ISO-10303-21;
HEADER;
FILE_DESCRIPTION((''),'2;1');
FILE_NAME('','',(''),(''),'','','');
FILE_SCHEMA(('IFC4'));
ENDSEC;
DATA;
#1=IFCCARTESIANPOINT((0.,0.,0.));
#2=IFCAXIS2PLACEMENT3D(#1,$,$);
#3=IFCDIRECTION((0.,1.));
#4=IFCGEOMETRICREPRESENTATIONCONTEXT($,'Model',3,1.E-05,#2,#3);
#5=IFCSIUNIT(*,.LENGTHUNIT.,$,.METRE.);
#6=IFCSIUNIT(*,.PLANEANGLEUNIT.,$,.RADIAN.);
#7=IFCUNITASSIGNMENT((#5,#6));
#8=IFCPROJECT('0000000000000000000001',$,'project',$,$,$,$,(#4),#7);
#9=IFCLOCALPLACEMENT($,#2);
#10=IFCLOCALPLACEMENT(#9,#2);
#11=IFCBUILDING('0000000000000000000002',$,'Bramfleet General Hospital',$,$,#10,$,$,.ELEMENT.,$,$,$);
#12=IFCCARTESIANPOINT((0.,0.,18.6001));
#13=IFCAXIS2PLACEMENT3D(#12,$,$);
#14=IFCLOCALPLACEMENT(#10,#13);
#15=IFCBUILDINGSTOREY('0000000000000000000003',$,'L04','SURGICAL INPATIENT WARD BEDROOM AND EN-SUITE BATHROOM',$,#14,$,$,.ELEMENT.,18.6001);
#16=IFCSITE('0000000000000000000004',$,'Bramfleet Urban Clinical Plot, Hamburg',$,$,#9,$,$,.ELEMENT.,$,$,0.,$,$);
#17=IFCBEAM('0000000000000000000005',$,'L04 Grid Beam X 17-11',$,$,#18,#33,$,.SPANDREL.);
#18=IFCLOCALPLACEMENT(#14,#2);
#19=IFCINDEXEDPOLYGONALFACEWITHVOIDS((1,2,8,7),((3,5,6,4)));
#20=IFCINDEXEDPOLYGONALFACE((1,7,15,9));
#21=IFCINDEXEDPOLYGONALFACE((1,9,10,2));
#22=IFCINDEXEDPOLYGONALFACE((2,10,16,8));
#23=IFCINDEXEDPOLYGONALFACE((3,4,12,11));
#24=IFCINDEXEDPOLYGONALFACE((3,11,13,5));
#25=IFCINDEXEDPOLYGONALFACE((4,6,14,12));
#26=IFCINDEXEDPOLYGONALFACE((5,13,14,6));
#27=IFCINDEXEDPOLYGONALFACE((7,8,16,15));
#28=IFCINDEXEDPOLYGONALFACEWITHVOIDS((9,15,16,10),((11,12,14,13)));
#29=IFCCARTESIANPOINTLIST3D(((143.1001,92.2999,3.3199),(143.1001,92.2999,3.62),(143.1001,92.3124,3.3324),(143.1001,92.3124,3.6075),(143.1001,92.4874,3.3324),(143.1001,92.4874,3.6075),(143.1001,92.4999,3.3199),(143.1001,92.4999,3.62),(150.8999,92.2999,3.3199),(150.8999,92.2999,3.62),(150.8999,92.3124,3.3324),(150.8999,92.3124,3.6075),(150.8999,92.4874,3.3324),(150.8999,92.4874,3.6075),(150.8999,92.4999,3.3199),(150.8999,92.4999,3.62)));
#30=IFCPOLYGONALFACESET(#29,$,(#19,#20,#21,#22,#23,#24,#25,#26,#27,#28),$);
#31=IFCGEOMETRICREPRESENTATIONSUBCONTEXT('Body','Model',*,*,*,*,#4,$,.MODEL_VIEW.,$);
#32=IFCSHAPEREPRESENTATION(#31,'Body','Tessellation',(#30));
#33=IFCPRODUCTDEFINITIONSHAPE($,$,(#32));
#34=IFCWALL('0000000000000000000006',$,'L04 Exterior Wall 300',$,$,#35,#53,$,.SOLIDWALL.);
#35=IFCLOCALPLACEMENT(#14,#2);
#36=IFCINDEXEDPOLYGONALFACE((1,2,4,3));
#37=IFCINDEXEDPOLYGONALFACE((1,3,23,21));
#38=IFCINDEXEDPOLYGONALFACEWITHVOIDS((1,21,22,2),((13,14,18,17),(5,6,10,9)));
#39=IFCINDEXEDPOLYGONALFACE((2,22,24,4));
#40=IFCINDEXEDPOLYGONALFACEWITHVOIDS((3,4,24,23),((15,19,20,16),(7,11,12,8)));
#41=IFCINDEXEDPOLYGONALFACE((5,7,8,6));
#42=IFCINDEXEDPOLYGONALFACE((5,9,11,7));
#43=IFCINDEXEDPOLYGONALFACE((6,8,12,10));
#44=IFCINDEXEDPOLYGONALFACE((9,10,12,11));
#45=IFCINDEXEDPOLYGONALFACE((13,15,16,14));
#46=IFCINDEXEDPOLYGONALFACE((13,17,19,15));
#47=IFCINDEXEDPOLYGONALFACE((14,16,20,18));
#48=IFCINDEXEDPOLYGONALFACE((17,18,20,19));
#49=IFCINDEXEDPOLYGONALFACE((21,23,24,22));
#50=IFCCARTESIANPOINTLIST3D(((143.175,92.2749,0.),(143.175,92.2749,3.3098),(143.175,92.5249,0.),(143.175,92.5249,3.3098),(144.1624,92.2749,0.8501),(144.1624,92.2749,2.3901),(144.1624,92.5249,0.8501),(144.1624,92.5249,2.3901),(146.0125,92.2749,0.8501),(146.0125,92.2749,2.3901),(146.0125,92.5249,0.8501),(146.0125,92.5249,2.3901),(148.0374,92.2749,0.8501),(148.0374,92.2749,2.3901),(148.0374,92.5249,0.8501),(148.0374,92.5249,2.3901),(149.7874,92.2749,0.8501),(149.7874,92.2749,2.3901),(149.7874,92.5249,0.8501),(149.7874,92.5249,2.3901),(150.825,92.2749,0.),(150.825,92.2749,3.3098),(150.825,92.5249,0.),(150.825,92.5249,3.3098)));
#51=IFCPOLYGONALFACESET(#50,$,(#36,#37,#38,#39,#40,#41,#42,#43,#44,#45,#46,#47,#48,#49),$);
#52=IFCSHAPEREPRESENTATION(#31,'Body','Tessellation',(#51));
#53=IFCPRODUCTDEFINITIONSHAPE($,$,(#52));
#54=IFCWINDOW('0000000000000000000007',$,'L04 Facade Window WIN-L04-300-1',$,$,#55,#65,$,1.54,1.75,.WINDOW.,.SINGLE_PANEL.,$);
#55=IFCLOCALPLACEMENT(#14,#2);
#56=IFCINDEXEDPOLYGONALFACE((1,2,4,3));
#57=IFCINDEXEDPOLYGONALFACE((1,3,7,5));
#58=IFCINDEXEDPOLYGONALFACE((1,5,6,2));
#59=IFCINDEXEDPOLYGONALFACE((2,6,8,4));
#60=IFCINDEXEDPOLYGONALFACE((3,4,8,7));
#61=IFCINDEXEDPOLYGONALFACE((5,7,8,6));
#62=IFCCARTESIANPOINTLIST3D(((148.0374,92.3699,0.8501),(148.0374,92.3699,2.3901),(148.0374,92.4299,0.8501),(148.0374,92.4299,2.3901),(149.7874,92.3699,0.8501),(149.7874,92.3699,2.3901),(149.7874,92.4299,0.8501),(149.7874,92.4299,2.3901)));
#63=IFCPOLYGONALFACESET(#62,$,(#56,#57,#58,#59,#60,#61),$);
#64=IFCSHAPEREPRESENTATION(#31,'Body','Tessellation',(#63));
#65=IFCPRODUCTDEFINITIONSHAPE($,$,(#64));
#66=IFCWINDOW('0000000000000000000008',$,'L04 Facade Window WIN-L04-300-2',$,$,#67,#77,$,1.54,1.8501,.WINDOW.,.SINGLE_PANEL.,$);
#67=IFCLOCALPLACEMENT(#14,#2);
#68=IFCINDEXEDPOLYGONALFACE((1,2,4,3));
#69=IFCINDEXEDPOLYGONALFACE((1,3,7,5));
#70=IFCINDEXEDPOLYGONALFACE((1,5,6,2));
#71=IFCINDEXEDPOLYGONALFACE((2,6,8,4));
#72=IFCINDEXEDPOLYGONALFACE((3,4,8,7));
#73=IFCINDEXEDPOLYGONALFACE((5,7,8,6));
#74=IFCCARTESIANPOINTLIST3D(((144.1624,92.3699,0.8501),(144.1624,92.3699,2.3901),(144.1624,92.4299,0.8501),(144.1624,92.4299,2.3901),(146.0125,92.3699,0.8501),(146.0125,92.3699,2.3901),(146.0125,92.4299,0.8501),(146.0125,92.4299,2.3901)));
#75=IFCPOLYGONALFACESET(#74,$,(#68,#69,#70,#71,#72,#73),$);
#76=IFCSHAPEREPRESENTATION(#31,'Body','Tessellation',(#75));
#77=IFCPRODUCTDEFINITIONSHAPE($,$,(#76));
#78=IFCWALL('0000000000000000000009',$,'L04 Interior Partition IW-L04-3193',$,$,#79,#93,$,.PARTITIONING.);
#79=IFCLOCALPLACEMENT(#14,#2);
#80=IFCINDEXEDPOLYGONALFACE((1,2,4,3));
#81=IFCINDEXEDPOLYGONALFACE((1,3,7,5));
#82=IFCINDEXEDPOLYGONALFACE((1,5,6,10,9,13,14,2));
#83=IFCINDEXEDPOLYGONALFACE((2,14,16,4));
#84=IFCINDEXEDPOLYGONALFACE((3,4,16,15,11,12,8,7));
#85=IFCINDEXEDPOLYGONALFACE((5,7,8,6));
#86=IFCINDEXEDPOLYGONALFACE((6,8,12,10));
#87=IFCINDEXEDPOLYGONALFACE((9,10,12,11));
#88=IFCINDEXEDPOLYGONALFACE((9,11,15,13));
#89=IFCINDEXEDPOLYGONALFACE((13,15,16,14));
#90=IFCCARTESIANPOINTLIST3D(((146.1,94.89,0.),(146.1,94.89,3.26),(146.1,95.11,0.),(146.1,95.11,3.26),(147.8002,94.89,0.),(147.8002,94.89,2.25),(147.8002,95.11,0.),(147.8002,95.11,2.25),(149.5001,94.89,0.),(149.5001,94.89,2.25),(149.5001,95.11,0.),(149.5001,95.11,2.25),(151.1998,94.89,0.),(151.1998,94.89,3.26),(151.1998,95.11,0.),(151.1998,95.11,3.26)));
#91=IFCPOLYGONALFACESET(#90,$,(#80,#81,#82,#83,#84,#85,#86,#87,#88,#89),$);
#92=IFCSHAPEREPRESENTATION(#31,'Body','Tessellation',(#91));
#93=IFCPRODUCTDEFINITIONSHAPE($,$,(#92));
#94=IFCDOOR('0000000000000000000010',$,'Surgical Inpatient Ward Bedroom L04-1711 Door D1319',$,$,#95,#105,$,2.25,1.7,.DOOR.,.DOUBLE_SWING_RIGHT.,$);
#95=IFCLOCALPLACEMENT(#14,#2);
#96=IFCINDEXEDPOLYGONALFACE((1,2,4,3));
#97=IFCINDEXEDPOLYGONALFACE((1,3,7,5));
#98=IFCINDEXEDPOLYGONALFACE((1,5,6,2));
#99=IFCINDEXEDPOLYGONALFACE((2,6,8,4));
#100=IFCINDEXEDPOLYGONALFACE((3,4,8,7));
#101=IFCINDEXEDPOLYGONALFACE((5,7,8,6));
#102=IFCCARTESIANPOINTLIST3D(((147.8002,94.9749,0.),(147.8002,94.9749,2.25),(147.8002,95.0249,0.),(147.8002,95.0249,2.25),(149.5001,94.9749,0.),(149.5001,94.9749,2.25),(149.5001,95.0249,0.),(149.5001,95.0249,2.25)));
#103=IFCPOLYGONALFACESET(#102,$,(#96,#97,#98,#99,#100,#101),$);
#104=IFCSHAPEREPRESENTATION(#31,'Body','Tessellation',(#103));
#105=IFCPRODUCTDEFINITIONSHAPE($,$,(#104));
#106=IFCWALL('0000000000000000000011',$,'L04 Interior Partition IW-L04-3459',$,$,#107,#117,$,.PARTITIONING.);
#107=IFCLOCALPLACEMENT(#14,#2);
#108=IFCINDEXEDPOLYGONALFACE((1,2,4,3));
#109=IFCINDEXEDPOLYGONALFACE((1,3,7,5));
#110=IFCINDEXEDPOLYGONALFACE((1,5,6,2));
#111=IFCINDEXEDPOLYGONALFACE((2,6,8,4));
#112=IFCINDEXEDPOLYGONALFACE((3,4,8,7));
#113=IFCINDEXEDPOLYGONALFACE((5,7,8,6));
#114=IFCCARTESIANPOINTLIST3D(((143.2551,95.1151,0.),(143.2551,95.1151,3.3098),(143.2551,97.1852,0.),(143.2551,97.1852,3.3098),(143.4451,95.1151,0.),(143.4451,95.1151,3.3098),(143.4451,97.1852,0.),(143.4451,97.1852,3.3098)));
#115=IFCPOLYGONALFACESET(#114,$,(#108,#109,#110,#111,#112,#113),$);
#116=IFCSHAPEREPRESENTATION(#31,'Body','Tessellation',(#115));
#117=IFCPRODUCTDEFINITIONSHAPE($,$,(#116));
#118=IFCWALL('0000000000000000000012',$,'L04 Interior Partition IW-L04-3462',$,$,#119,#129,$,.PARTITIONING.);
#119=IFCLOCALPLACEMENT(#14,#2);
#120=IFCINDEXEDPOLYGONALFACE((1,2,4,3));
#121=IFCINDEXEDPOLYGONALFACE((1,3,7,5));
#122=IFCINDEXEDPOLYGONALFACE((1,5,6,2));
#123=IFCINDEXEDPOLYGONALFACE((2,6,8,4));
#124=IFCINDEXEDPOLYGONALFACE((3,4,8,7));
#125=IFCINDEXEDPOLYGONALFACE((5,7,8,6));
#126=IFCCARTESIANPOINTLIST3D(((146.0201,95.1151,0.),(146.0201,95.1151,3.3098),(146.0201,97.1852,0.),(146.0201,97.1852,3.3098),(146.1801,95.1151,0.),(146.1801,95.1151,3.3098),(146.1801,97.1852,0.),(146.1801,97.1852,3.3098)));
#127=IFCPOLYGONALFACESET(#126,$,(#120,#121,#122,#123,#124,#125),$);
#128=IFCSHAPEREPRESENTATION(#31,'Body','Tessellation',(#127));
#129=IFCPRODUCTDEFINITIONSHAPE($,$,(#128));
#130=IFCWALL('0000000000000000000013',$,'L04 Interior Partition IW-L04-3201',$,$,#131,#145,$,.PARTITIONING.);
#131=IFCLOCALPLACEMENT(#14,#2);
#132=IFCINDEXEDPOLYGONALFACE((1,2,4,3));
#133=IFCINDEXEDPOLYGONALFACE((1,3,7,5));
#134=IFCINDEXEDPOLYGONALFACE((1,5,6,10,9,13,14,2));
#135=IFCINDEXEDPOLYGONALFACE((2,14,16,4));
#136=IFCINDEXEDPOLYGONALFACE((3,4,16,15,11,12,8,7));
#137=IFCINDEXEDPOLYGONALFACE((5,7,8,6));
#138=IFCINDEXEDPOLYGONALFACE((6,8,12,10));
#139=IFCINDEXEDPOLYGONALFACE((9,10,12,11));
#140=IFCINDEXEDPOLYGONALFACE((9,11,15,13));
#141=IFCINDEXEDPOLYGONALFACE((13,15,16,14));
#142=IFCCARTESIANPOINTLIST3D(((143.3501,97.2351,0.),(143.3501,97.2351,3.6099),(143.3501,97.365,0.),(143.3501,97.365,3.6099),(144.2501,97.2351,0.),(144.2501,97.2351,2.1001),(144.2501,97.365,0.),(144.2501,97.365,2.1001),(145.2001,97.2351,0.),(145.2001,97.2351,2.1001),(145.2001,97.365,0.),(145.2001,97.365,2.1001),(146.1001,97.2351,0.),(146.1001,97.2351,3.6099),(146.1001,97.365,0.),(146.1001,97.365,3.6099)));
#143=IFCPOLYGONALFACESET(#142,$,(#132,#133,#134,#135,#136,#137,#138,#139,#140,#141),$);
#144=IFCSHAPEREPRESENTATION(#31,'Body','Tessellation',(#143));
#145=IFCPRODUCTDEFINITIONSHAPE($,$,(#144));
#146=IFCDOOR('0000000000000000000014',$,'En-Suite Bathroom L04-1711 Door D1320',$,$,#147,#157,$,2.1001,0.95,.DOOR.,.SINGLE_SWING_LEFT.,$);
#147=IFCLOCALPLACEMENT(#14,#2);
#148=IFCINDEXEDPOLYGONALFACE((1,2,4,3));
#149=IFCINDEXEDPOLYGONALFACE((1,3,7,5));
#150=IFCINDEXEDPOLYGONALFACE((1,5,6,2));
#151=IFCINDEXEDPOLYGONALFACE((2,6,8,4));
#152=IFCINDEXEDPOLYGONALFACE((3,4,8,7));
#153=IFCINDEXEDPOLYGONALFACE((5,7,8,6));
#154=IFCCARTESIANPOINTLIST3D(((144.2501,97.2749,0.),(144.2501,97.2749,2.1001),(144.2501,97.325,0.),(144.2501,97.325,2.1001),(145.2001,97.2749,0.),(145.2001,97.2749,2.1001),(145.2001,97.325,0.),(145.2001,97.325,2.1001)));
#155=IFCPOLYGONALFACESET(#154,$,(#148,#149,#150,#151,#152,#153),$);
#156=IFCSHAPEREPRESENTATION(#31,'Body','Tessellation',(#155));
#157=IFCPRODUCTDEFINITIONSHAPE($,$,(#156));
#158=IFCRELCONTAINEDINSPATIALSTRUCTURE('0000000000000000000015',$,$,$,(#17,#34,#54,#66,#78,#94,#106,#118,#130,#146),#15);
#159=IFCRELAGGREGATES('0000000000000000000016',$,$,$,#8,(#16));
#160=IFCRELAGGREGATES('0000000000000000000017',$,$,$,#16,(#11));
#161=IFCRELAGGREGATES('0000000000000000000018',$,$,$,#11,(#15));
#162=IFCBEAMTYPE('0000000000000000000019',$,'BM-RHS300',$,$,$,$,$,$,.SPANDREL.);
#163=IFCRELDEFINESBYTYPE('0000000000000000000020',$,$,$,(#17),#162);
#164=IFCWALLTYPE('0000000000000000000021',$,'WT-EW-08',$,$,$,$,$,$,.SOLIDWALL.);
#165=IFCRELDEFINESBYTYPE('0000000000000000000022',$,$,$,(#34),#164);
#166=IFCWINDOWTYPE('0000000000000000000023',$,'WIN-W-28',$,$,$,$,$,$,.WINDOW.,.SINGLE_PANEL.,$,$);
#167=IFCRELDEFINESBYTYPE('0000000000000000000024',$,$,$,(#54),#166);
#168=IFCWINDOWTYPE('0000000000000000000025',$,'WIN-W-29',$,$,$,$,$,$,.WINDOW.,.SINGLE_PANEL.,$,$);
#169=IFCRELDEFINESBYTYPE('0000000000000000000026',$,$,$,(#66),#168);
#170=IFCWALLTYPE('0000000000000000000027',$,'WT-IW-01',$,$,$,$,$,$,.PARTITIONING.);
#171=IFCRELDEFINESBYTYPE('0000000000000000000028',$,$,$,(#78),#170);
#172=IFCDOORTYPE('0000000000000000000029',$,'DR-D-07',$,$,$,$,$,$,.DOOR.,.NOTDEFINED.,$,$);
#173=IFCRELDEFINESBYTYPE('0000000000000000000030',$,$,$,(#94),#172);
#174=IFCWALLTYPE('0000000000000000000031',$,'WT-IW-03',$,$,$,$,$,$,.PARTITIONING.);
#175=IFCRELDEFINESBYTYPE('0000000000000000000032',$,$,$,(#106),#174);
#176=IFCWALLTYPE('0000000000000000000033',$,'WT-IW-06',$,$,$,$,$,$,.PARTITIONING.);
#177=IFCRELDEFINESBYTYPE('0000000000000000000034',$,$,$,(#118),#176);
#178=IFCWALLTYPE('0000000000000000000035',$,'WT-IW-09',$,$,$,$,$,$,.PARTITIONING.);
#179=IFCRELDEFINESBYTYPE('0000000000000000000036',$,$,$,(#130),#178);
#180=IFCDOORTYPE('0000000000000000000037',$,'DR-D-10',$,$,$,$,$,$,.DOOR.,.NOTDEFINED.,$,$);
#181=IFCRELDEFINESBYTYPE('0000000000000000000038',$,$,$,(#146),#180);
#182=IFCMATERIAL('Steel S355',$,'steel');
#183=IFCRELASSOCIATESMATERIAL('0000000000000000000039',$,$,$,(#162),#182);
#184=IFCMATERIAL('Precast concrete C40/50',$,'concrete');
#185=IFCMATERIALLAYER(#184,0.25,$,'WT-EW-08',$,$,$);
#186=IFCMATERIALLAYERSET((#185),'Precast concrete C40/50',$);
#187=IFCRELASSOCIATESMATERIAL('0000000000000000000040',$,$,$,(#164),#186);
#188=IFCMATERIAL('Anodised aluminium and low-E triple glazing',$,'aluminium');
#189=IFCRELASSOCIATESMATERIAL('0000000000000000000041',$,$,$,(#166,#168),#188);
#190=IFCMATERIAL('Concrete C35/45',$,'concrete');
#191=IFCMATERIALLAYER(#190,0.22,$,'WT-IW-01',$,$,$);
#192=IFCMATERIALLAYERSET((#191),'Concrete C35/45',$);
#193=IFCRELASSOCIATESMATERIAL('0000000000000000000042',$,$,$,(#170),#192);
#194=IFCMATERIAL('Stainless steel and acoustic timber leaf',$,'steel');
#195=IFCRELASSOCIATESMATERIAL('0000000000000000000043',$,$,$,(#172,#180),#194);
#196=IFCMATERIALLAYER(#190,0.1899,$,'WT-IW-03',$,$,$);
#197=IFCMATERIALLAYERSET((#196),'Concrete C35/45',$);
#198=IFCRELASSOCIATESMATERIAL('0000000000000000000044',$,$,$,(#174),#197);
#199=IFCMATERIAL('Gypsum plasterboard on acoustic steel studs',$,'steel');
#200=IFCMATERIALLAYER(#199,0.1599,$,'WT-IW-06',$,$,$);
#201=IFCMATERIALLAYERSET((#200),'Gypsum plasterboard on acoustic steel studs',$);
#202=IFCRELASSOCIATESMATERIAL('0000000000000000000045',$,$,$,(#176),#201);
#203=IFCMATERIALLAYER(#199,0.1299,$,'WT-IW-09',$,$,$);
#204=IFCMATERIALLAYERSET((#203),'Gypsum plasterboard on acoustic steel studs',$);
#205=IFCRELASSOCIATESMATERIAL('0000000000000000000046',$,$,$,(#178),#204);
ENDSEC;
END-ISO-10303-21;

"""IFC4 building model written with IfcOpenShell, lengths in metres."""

from ifc_helpers import new_model, si_unit, direction, frame, frame_2d, origin, origin_2d, place, context, subcontext, project, spatial, rectangle, hollow_rectangle, extrude, material, layer, layer_set, material_profile, profile_set, type_object, element, fill, save


model = new_model("IFC4")

# Units and contexts
model_context = context("Model", 3, precision=1e-05, world=origin(), true_north=direction((0.0, 1.0)))
body_context = subcontext(model_context, "Body", "Model", "MODEL_VIEW")
ifc_project = project(units=[si_unit("LENGTHUNIT", "METRE"), si_unit("PLANEANGLEUNIT", "RADIAN")], contexts=[model_context])

# Site, building, storey
site_placement = place(None, origin())
site = spatial("IfcSite", under=ifc_project, at=site_placement, Name="Bramfleet Urban Clinical Plot, Hamburg", CompositionType="ELEMENT", RefElevation=0.0)
building_placement = place(site_placement, origin())
building = spatial("IfcBuilding", under=site, at=building_placement, Name="Bramfleet General Hospital", CompositionType="ELEMENT")
storey_placement = place(building_placement, frame((0.0, 0.0, 18.6001)))
storey = spatial("IfcBuildingStorey", under=building, at=storey_placement, Name="L04", Description="SURGICAL INPATIENT WARD BEDROOM AND EN-SUITE BATHROOM", CompositionType="ELEMENT", Elevation=18.6001)

# Beam
ifc_material_1 = material(Name="Steel S355", Category="steel")
ifc_material_profile_1 = material_profile(ifc_material_1, hollow_rectangle(XDim=0.2, YDim=0.3, WallThickness=0.0125, at=origin_2d()), Name="RHS 300x200x12.5")
ifc_profile_set_1 = profile_set([ifc_material_profile_1], Name="Steel S355")
beam_type_1 = type_object("IfcBeamType", Name="BM-RHS300", PredefinedType="SPANDREL", material=ifc_profile_set_1)
beam_1_placement = place(storey_placement, frame((143.1001, 92.3999, 3.47), z_axis=(1.0, 0.0, 0.0), x_axis=(0.0, 1.0, 0.0)))
element("IfcBeam", 1, at=beam_1_placement, inside=storey, type_object=beam_type_1, Name="L04 Grid Beam X 17-11", PredefinedType="SPANDREL", context=body_context, shape_type="SweptSolid", body=[
    extrude(hollow_rectangle(XDim=0.2, YDim=0.3, WallThickness=0.0125, at=origin_2d()), origin(), (0.0, 0.0, 1.0), 7.7998),
])

# Wall, openings, windows
ifc_material_2 = material(Name="Precast concrete C40/50", Category="concrete")
ifc_layer_1 = layer(ifc_material_2, 0.25, Name="WT-EW-08")
ifc_layer_set_1 = layer_set([ifc_layer_1], Name="Precast concrete C40/50")
wall_type_1 = type_object("IfcWallType", Name="WT-EW-08", PredefinedType="SOLIDWALL", material=ifc_layer_set_1)
wall_1_placement = place(storey_placement, frame((150.825, 92.3999, 0.0), z_axis=(0.0, 0.0, 1.0), x_axis=(-1.0, 0.0, 0.0)))
wall_1 = element("IfcWall", 2, at=wall_1_placement, inside=storey, type_object=wall_type_1, Name="L04 Exterior Wall 300", PredefinedType="SOLIDWALL", context=body_context, shape_type="SweptSolid", body=[
    extrude(rectangle(XDim=7.6499, YDim=0.25, at=frame_2d((3.825, 0.0))), origin(), (0.0, 0.0, 1.0), 3.3098),
])
opening_1_placement = place(wall_1_placement, frame((1.0376, 0.0, 0.8501)))
opening_1 = element("IfcOpeningElement", 3, at=opening_1_placement, cuts=wall_1, PredefinedType="OPENING", context=body_context, shape_type="SweptSolid", body=[
    extrude(rectangle(XDim=1.75, YDim=1.54, at=frame_2d((0.875, 0.77))), frame((0.0, 0.135, 0.0), z_axis=(0.0, -1.0, 0.0), x_axis=(1.0, 0.0, 0.0)), (0.0, 0.0, 1.0), 0.27),
])
opening_2_placement = place(wall_1_placement, frame((4.8125, 0.0, 0.8501)))
opening_2 = element("IfcOpeningElement", 4, at=opening_2_placement, cuts=wall_1, PredefinedType="OPENING", context=body_context, shape_type="SweptSolid", body=[
    extrude(rectangle(XDim=1.8501, YDim=1.54, at=frame_2d((0.925, 0.77))), frame((0.0, 0.135, 0.0), z_axis=(0.0, -1.0, 0.0), x_axis=(1.0, 0.0, 0.0)), (0.0, 0.0, 1.0), 0.27),
])
ifc_material_3 = material(Name="Anodised aluminium and low-E triple glazing", Category="aluminium")
window_type_1 = type_object("IfcWindowType", Name="WIN-W-28", PartitioningType="SINGLE_PANEL", PredefinedType="WINDOW", material=ifc_material_3)
window_1_placement = place(opening_1_placement, origin())
window_1 = element("IfcWindow", 5, at=window_1_placement, inside=storey, type_object=window_type_1, Name="L04 Facade Window WIN-L04-300-1", OverallHeight=1.54, OverallWidth=1.75, PartitioningType="SINGLE_PANEL", PredefinedType="WINDOW", context=body_context, shape_type="SweptSolid", body=[
    extrude(rectangle(XDim=1.75, YDim=1.54, at=frame_2d((0.875, 0.77))), frame((0.0, 0.03, 0.0), z_axis=(0.0, -1.0, 0.0), x_axis=(1.0, 0.0, 0.0)), (0.0, 0.0, 1.0), 0.0601),
])
fill(opening_1, window_1)
window_type_2 = type_object("IfcWindowType", Name="WIN-W-29", PartitioningType="SINGLE_PANEL", PredefinedType="WINDOW", material=ifc_material_3)
window_2_placement = place(opening_2_placement, origin())
window_2 = element("IfcWindow", 6, at=window_2_placement, inside=storey, type_object=window_type_2, Name="L04 Facade Window WIN-L04-300-2", OverallHeight=1.54, OverallWidth=1.8501, PartitioningType="SINGLE_PANEL", PredefinedType="WINDOW", context=body_context, shape_type="SweptSolid", body=[
    extrude(rectangle(XDim=1.8501, YDim=1.54, at=frame_2d((0.925, 0.77))), frame((0.0, 0.03, 0.0), z_axis=(0.0, -1.0, 0.0), x_axis=(1.0, 0.0, 0.0)), (0.0, 0.0, 1.0), 0.0601),
])
fill(opening_2, window_2)

# Wall, opening, door
ifc_material_4 = material(Name="Concrete C35/45", Category="concrete")
ifc_layer_2 = layer(ifc_material_4, 0.22, Name="WT-IW-01")
ifc_layer_set_2 = layer_set([ifc_layer_2], Name="Concrete C35/45")
wall_type_2 = type_object("IfcWallType", Name="WT-IW-01", PredefinedType="PARTITIONING", material=ifc_layer_set_2)
wall_2_placement = place(storey_placement, frame((146.1001, 95.0, 0.0), z_axis=(0.0, 0.0, 1.0), x_axis=(1.0, 0.0, 0.0)))
wall_2 = element("IfcWall", 7, at=wall_2_placement, inside=storey, type_object=wall_type_2, Name="L04 Interior Partition IW-L04-3193", PredefinedType="PARTITIONING", context=body_context, shape_type="SweptSolid", body=[
    extrude(rectangle(XDim=5.0999, YDim=0.22, at=frame_2d((2.5498, 0.0))), origin(), (0.0, 0.0, 1.0), 3.26),
])
opening_3_placement = place(wall_2_placement, frame((1.7, 0.0, 0.0)))
opening_3 = element("IfcOpeningElement", 8, at=opening_3_placement, cuts=wall_2, PredefinedType="OPENING", context=body_context, shape_type="SweptSolid", body=[
    extrude(rectangle(XDim=1.7, YDim=2.25, at=frame_2d((0.8501, 1.125))), frame((0.0, 0.1199, 0.0), z_axis=(0.0, -1.0, 0.0), x_axis=(1.0, 0.0, 0.0)), (0.0, 0.0, 1.0), 0.24),
])
ifc_material_5 = material(Name="Stainless steel and acoustic timber leaf", Category="steel")
door_type_1 = type_object("IfcDoorType", Name="DR-D-07", OperationType="NOTDEFINED", PredefinedType="DOOR", material=ifc_material_5)
door_1_placement = place(opening_3_placement, origin())
door_1 = element("IfcDoor", 9, at=door_1_placement, inside=storey, type_object=door_type_1, Name="Surgical Inpatient Ward Bedroom L04-1711 Door D1319", OperationType="DOUBLE_SWING_RIGHT", OverallHeight=2.25, OverallWidth=1.7, PredefinedType="DOOR", context=body_context, shape_type="SweptSolid", body=[
    extrude(rectangle(XDim=1.7, YDim=2.25, at=frame_2d((0.8501, 1.125))), frame((0.0, 0.0249, 0.0), z_axis=(0.0, -1.0, 0.0), x_axis=(1.0, 0.0, 0.0)), (0.0, 0.0, 1.0), 0.05),
])
fill(opening_3, door_1)

# Walls
ifc_layer_3 = layer(ifc_material_4, 0.1899, Name="WT-IW-03")
ifc_layer_set_3 = layer_set([ifc_layer_3], Name="Concrete C35/45")
wall_type_3 = type_object("IfcWallType", Name="WT-IW-03", PredefinedType="PARTITIONING", material=ifc_layer_set_3)
wall_3_placement = place(storey_placement, frame((143.3501, 95.115, 0.0), z_axis=(0.0, 0.0, 1.0), x_axis=(0.0, 1.0, 0.0)))
element("IfcWall", 10, at=wall_3_placement, inside=storey, type_object=wall_type_3, Name="L04 Interior Partition IW-L04-3459", PredefinedType="PARTITIONING", context=body_context, shape_type="SweptSolid", body=[
    extrude(rectangle(XDim=2.0701, YDim=0.1899, at=frame_2d((1.0352, 0.0))), origin(), (0.0, 0.0, 1.0), 3.3098),
])
ifc_material_6 = material(Name="Gypsum plasterboard on acoustic steel studs", Category="steel")
ifc_layer_4 = layer(ifc_material_6, 0.1599, Name="WT-IW-06")
ifc_layer_set_4 = layer_set([ifc_layer_4], Name="Gypsum plasterboard on acoustic steel studs")
wall_type_4 = type_object("IfcWallType", Name="WT-IW-06", PredefinedType="PARTITIONING", material=ifc_layer_set_4)
wall_4_placement = place(storey_placement, frame((146.1001, 95.115, 0.0), z_axis=(0.0, 0.0, 1.0), x_axis=(0.0, 1.0, 0.0)))
element("IfcWall", 11, at=wall_4_placement, inside=storey, type_object=wall_type_4, Name="L04 Interior Partition IW-L04-3462", PredefinedType="PARTITIONING", context=body_context, shape_type="SweptSolid", body=[
    extrude(rectangle(XDim=2.0701, YDim=0.1599, at=frame_2d((1.0352, 0.0))), origin(), (0.0, 0.0, 1.0), 3.3098),
])

# Wall, opening, door
ifc_layer_5 = layer(ifc_material_6, 0.1299, Name="WT-IW-09")
ifc_layer_set_5 = layer_set([ifc_layer_5], Name="Gypsum plasterboard on acoustic steel studs")
wall_type_5 = type_object("IfcWallType", Name="WT-IW-09", PredefinedType="PARTITIONING", material=ifc_layer_set_5)
wall_5_placement = place(storey_placement, frame((143.3501, 97.3, 0.0), z_axis=(0.0, 0.0, 1.0), x_axis=(1.0, 0.0, 0.0)))
wall_5 = element("IfcWall", 12, at=wall_5_placement, inside=storey, type_object=wall_type_5, Name="L04 Interior Partition IW-L04-3201", PredefinedType="PARTITIONING", context=body_context, shape_type="SweptSolid", body=[
    extrude(rectangle(XDim=2.75, YDim=0.1299, at=frame_2d((1.375, 0.0))), origin(), (0.0, 0.0, 1.0), 3.6099),
])
opening_4_placement = place(wall_5_placement, frame((0.8999, 0.0, 0.0)))
opening_4 = element("IfcOpeningElement", 13, at=opening_4_placement, cuts=wall_5, PredefinedType="OPENING", context=body_context, shape_type="SweptSolid", body=[
    extrude(rectangle(XDim=0.95, YDim=2.1001, at=frame_2d((0.4751, 1.05))), frame((0.0, 0.075, 0.0), z_axis=(0.0, -1.0, 0.0), x_axis=(1.0, 0.0, 0.0)), (0.0, 0.0, 1.0), 0.1499),
])
door_type_2 = type_object("IfcDoorType", Name="DR-D-10", OperationType="NOTDEFINED", PredefinedType="DOOR", material=ifc_material_5)
door_2_placement = place(opening_4_placement, origin())
door_2 = element("IfcDoor", 14, at=door_2_placement, inside=storey, type_object=door_type_2, Name="En-Suite Bathroom L04-1711 Door D1320", OperationType="SINGLE_SWING_LEFT", OverallHeight=2.1001, OverallWidth=0.95, PredefinedType="DOOR", context=body_context, shape_type="SweptSolid", body=[
    extrude(rectangle(XDim=0.95, YDim=2.1001, at=frame_2d((0.4751, 1.05))), frame((0.0, 0.0249, 0.0), z_axis=(0.0, -1.0, 0.0), x_axis=(1.0, 0.0, 0.0)), (0.0, 0.0, 1.0), 0.05),
])
fill(opening_4, door_2)

save(model, "model.ifc")
